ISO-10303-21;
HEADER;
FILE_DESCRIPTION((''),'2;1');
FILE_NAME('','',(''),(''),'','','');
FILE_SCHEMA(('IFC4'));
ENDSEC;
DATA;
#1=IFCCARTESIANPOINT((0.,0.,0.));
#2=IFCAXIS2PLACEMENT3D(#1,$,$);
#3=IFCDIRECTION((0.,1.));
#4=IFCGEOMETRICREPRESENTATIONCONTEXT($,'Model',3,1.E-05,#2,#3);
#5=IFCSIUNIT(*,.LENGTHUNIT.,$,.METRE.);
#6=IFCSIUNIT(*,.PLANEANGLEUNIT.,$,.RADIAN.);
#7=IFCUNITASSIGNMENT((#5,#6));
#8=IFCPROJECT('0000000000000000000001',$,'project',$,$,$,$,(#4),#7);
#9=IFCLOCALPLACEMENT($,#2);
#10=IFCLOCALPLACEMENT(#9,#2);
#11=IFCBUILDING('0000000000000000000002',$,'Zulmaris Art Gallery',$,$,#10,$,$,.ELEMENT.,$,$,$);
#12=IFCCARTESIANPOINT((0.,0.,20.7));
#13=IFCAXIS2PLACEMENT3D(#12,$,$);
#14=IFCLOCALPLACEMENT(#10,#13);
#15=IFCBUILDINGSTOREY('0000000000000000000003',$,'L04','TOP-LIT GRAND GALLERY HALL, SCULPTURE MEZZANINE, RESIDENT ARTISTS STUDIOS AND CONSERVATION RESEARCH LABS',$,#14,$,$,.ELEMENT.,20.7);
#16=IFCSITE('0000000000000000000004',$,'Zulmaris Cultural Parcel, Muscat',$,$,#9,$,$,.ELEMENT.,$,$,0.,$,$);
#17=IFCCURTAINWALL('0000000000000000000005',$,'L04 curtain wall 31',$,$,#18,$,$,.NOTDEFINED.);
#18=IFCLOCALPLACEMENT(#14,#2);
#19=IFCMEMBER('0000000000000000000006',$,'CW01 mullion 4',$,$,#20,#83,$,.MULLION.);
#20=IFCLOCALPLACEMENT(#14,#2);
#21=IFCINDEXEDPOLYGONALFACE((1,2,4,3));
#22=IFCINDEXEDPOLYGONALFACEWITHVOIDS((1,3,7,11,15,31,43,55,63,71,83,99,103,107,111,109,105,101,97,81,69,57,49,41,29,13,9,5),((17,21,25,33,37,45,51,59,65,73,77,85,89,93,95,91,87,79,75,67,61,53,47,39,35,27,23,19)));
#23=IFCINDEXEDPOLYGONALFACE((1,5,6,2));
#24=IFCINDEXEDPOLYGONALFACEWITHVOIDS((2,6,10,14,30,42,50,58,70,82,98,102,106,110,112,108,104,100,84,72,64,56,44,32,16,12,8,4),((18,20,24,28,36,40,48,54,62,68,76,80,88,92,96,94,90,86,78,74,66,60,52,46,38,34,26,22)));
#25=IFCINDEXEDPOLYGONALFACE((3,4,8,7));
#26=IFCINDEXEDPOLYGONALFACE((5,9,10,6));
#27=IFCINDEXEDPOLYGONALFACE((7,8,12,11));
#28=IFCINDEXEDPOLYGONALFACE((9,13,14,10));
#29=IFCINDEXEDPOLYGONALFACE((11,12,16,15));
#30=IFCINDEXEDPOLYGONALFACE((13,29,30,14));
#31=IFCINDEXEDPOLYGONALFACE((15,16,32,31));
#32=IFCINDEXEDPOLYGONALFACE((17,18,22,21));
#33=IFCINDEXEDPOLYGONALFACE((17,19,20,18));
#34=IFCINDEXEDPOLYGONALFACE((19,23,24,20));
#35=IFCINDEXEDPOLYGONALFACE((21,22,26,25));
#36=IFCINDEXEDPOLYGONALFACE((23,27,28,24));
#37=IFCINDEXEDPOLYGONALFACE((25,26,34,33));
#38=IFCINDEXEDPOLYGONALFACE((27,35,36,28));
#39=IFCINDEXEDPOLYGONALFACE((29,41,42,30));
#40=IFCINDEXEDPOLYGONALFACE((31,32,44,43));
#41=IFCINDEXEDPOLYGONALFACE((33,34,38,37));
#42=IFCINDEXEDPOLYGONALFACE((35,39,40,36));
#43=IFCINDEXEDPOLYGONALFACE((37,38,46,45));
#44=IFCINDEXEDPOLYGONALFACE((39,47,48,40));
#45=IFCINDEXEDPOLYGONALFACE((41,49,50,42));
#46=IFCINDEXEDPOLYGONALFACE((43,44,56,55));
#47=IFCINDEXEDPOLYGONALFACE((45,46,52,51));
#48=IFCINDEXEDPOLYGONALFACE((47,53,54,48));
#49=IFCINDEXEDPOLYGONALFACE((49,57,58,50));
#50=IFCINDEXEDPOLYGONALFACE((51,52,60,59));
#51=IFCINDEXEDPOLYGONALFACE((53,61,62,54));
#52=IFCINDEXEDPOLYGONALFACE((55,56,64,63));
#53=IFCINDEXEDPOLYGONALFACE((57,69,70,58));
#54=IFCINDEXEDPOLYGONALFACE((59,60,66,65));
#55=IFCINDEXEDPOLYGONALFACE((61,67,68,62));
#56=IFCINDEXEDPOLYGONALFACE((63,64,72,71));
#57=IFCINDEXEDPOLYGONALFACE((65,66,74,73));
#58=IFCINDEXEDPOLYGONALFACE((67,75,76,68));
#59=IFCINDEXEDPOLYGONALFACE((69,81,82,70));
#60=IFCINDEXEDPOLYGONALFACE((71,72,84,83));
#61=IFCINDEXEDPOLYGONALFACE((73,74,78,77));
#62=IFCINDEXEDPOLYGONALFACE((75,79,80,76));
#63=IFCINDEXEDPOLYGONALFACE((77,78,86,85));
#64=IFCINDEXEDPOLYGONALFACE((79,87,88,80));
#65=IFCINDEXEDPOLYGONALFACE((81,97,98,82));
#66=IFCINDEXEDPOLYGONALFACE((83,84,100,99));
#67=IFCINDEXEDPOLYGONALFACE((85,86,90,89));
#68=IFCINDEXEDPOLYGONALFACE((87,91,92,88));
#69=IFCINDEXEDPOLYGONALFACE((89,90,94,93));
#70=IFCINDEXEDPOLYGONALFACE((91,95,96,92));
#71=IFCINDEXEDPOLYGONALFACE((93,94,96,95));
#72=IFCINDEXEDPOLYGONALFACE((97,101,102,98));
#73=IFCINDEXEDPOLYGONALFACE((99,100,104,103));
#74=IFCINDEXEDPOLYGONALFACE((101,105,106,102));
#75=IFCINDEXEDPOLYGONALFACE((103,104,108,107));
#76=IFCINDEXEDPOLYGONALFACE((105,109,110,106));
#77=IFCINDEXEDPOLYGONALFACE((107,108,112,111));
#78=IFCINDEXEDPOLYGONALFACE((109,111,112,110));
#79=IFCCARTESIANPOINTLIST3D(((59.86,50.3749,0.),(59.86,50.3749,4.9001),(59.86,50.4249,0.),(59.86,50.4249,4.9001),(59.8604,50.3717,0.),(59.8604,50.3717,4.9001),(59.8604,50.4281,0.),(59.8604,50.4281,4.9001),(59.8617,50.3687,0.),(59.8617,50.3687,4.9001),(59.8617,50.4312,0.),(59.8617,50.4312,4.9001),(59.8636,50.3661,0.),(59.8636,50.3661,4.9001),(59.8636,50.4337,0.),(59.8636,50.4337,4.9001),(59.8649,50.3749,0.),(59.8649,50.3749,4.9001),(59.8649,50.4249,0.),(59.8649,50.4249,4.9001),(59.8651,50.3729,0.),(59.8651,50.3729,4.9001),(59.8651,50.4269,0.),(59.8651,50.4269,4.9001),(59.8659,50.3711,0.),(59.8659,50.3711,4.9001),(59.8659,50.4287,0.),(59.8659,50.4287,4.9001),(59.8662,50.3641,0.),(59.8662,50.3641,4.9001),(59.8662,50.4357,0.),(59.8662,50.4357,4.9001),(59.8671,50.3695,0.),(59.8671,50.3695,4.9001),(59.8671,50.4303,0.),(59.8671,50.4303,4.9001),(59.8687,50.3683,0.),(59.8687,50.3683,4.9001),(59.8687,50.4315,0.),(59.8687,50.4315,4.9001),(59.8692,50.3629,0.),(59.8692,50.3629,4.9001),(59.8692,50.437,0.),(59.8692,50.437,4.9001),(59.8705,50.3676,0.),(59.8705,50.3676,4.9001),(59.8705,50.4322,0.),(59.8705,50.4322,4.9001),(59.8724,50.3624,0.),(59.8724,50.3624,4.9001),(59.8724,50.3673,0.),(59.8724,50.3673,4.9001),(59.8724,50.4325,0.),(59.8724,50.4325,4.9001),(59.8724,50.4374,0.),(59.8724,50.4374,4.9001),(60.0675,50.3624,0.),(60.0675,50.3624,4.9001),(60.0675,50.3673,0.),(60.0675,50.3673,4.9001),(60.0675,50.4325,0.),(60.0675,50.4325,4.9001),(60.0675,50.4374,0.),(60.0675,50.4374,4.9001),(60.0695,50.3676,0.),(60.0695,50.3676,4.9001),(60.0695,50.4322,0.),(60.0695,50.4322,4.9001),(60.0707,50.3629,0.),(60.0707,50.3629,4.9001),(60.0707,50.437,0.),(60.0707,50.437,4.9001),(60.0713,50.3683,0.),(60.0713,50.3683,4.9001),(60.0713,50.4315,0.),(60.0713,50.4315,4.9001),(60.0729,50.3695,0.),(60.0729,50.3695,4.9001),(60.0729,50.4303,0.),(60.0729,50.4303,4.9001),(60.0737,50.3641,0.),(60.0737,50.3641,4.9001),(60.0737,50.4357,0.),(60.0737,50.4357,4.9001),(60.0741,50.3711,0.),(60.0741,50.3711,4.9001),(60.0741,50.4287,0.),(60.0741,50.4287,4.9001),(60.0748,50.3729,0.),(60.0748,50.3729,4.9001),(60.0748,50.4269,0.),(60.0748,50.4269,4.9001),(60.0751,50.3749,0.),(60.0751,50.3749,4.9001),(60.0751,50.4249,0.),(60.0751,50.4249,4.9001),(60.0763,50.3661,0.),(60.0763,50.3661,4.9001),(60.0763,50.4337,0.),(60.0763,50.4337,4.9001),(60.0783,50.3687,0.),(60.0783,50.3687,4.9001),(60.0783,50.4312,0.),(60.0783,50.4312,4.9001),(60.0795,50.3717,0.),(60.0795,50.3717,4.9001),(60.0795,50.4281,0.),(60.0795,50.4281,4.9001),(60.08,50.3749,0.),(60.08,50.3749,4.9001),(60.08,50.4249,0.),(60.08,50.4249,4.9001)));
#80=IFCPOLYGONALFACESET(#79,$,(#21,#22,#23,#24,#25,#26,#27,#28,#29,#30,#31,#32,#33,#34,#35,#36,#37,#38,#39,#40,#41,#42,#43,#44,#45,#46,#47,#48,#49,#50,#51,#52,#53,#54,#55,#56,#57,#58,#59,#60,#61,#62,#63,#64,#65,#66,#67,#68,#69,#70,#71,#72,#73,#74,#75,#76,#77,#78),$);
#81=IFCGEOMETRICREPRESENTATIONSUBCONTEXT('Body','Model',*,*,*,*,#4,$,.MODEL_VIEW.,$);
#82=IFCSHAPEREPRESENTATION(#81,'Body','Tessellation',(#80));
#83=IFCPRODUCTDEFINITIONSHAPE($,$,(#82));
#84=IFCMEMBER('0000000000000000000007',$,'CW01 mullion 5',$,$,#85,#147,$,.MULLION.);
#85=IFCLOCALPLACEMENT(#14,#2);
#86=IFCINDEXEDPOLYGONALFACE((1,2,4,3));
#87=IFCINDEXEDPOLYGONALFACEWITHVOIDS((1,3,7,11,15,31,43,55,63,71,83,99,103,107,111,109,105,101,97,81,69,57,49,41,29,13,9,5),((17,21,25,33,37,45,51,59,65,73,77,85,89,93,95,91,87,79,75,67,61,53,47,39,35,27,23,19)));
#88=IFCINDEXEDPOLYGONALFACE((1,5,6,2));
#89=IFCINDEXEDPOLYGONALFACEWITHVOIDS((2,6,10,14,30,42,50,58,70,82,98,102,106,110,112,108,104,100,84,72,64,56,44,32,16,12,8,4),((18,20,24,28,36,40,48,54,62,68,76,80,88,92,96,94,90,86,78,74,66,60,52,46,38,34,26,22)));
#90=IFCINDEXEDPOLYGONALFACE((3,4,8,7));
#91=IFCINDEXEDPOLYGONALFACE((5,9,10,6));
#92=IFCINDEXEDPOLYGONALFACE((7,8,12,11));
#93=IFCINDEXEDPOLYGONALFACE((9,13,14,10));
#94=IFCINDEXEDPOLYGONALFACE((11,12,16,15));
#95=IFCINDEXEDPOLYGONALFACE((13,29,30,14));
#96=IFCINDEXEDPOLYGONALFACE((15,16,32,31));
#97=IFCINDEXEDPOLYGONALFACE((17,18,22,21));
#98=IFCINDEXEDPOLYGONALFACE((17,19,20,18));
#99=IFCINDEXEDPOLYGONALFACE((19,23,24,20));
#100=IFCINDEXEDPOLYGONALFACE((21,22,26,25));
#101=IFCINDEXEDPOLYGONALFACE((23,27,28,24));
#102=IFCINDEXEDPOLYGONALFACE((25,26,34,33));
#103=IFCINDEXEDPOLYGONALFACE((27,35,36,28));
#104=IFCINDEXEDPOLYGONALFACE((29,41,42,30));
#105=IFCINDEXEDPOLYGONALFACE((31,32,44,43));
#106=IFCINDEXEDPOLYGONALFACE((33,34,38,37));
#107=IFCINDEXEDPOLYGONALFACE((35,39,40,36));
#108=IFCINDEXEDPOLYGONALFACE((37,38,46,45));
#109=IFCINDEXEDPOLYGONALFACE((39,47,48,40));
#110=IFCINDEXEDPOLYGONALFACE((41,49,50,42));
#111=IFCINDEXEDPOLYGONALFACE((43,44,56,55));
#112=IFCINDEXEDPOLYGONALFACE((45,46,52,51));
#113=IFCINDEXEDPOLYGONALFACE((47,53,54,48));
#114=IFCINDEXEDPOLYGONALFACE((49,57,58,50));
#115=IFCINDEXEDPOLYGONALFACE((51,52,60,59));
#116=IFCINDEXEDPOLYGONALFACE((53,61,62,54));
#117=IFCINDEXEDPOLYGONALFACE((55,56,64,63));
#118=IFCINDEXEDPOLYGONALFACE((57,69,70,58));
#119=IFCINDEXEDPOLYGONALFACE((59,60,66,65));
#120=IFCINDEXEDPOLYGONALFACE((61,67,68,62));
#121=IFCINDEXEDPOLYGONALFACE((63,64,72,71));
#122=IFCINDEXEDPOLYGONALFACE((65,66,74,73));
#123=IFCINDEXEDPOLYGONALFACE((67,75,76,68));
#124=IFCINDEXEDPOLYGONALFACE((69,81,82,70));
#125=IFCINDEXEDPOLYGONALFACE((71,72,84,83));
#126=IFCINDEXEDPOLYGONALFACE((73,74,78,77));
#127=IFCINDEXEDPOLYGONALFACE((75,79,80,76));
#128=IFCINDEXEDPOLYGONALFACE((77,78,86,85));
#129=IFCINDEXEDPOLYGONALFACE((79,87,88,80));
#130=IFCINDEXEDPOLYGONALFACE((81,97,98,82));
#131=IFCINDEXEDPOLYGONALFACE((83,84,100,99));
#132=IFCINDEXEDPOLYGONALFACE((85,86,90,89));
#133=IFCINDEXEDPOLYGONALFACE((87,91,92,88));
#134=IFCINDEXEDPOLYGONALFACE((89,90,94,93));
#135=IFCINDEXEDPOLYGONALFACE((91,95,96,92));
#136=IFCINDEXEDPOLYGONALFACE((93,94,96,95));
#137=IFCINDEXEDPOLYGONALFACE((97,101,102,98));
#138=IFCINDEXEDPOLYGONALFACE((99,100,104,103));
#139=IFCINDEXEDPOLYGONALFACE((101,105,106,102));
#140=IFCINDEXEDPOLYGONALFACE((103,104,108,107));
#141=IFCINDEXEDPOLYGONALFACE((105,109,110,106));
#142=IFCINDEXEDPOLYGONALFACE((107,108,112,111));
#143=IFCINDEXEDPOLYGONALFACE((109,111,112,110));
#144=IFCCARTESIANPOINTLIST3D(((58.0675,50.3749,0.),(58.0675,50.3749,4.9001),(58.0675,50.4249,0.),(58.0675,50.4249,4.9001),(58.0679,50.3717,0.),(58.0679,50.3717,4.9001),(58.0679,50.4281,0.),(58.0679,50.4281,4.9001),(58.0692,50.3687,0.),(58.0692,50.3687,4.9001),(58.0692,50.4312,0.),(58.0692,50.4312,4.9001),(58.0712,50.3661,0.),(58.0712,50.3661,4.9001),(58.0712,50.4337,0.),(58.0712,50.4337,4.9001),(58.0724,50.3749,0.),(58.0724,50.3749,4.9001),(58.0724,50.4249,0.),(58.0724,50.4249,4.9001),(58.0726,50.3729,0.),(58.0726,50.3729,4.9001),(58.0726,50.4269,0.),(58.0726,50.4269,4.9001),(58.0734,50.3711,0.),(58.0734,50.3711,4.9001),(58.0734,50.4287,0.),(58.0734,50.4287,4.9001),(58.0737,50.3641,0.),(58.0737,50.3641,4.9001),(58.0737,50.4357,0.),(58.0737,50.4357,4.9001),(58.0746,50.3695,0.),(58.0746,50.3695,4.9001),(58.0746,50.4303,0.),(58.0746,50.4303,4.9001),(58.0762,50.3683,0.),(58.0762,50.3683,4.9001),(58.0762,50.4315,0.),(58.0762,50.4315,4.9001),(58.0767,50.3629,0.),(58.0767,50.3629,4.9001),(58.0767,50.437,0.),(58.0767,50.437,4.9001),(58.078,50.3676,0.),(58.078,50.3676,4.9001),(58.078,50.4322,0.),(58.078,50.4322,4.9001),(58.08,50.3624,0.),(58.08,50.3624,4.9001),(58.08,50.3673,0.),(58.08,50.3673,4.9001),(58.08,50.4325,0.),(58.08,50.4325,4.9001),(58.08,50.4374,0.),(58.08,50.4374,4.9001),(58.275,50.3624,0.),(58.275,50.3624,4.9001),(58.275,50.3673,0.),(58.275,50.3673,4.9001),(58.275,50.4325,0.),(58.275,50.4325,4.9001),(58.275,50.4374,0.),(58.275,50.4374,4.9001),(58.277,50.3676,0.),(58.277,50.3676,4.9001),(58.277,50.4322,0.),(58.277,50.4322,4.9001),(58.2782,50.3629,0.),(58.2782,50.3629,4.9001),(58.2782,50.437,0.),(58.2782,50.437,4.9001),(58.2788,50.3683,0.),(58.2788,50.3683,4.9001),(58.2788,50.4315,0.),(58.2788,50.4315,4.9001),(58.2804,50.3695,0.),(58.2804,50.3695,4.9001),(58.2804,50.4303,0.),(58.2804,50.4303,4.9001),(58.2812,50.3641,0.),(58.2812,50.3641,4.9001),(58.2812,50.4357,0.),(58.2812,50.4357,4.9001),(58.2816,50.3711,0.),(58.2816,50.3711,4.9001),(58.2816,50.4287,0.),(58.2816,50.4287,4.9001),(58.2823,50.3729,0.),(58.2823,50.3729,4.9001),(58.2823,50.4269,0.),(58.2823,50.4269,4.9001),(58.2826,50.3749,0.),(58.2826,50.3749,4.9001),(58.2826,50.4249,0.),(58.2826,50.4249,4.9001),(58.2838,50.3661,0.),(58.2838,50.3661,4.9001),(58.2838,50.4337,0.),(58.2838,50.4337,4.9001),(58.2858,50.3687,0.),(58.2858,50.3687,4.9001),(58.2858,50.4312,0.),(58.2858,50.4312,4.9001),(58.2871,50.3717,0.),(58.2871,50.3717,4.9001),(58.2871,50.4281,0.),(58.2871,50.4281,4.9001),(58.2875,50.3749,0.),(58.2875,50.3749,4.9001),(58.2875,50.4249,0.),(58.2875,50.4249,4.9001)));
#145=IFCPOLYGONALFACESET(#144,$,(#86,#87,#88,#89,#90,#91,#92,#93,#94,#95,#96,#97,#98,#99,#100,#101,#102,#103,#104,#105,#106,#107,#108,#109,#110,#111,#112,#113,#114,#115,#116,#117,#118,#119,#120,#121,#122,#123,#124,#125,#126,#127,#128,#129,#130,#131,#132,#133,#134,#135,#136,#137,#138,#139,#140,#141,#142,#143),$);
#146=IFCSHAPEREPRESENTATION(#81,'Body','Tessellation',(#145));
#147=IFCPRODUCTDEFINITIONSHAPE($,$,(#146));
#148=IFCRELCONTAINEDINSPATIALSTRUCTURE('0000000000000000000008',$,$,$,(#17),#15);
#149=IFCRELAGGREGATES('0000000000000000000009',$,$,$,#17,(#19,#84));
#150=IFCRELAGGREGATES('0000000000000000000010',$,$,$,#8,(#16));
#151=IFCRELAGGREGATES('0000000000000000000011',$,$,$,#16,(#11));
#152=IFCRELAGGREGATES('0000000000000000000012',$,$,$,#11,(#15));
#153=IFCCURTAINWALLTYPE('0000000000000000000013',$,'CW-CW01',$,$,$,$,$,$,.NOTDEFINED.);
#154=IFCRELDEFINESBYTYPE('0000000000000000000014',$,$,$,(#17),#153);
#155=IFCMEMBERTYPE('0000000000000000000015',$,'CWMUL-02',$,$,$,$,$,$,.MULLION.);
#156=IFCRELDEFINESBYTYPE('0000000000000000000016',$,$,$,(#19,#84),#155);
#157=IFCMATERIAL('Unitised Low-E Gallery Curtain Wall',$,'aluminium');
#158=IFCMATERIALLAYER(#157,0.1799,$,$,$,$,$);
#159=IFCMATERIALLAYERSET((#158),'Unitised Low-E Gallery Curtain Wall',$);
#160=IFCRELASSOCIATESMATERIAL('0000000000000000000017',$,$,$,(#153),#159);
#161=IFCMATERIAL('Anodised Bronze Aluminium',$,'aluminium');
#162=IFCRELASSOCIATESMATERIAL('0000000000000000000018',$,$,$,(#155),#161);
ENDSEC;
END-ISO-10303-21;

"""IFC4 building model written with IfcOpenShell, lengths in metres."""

from ifc_helpers import new_model, si_unit, direction, frame, origin, origin_2d, place, context, subcontext, project, spatial, hollow_rectangle, extrude, material, layer, layer_set, material_profile, profile_set, type_object, element, aggregate, save


model = new_model("IFC4")

# Units and contexts
model_context = context("Model", 3, precision=1e-05, world=origin(), true_north=direction((0.0, 1.0)))
body_context = subcontext(model_context, "Body", "Model", "MODEL_VIEW")
ifc_project = project(units=[si_unit("LENGTHUNIT", "METRE"), si_unit("PLANEANGLEUNIT", "RADIAN")], contexts=[model_context])

# Site, building, storey
site_placement = place(None, origin())
site = spatial("IfcSite", under=ifc_project, at=site_placement, Name="Zulmaris Cultural Parcel, Muscat", CompositionType="ELEMENT", RefElevation=0.0)
building_placement = place(site_placement, origin())
building = spatial("IfcBuilding", under=site, at=building_placement, Name="Zulmaris Art Gallery", CompositionType="ELEMENT")
storey_placement = place(building_placement, frame((0.0, 0.0, 20.7)))
storey = spatial("IfcBuildingStorey", under=building, at=storey_placement, Name="L04", Description="TOP-LIT GRAND GALLERY HALL, SCULPTURE MEZZANINE, RESIDENT ARTISTS STUDIOS AND CONSERVATION RESEARCH LABS", CompositionType="ELEMENT", Elevation=20.7)

# Curtain wall, members
ifc_material_1 = material(Name="Unitised Low-E Gallery Curtain Wall", Category="aluminium")
ifc_layer_1 = layer(ifc_material_1, 0.1799)
ifc_layer_set_1 = layer_set([ifc_layer_1], Name="Unitised Low-E Gallery Curtain Wall")
curtain_wall_type = type_object("IfcCurtainWallType", Name="CW-CW01", PredefinedType="NOTDEFINED", material=ifc_layer_set_1)
ifc_material_2 = material(Name="Anodised Bronze Aluminium", Category="aluminium")
ifc_material_profile_1 = material_profile(ifc_material_2, hollow_rectangle(XDim=0.075, YDim=0.22, WallThickness=0.0049, InnerFilletRadius=0.0076, OuterFilletRadius=0.0125, at=origin_2d()), Name="ALU 75x220x5")
ifc_profile_set_1 = profile_set([ifc_material_profile_1], Name="Anodised Bronze Aluminium")
member_type_1 = type_object("IfcMemberType", Name="CWMUL-02", PredefinedType="MULLION", material=ifc_profile_set_1)
curtain_wall_1_placement = place(storey_placement, origin())
curtain_wall_1 = element("IfcCurtainWall", 1, at=curtain_wall_1_placement, inside=storey, type_object=curtain_wall_type, Name="L04 curtain wall 31", PredefinedType="NOTDEFINED")
member_1_placement = place(storey_placement, frame((59.97, 50.3999, 0.0), z_axis=(0.0, 0.0, 1.0), x_axis=(0.0, -1.0, 0.0)))
member_1 = element("IfcMember", 2, at=member_1_placement, type_object=member_type_1, Name="CW01 mullion 4", PredefinedType="MULLION", context=body_context, shape_type="SweptSolid", body=[
    extrude(hollow_rectangle(XDim=0.075, YDim=0.22, WallThickness=0.0049, InnerFilletRadius=0.0076, OuterFilletRadius=0.0125, at=origin_2d()), origin(), (0.0, 0.0, 1.0), 4.9001),
])
member_2_placement = place(storey_placement, frame((58.1775, 50.3999, 0.0), z_axis=(0.0, 0.0, 1.0), x_axis=(0.0, -1.0, 0.0)))
member_2 = element("IfcMember", 3, at=member_2_placement, type_object=member_type_1, Name="CW01 mullion 5", PredefinedType="MULLION", context=body_context, shape_type="SweptSolid", body=[
    extrude(hollow_rectangle(XDim=0.075, YDim=0.22, WallThickness=0.0049, InnerFilletRadius=0.0076, OuterFilletRadius=0.0125, at=origin_2d()), origin(), (0.0, 0.0, 1.0), 4.9001),
])

aggregate(curtain_wall_1, [member_1, member_2])

save(model, "model.ifc")
